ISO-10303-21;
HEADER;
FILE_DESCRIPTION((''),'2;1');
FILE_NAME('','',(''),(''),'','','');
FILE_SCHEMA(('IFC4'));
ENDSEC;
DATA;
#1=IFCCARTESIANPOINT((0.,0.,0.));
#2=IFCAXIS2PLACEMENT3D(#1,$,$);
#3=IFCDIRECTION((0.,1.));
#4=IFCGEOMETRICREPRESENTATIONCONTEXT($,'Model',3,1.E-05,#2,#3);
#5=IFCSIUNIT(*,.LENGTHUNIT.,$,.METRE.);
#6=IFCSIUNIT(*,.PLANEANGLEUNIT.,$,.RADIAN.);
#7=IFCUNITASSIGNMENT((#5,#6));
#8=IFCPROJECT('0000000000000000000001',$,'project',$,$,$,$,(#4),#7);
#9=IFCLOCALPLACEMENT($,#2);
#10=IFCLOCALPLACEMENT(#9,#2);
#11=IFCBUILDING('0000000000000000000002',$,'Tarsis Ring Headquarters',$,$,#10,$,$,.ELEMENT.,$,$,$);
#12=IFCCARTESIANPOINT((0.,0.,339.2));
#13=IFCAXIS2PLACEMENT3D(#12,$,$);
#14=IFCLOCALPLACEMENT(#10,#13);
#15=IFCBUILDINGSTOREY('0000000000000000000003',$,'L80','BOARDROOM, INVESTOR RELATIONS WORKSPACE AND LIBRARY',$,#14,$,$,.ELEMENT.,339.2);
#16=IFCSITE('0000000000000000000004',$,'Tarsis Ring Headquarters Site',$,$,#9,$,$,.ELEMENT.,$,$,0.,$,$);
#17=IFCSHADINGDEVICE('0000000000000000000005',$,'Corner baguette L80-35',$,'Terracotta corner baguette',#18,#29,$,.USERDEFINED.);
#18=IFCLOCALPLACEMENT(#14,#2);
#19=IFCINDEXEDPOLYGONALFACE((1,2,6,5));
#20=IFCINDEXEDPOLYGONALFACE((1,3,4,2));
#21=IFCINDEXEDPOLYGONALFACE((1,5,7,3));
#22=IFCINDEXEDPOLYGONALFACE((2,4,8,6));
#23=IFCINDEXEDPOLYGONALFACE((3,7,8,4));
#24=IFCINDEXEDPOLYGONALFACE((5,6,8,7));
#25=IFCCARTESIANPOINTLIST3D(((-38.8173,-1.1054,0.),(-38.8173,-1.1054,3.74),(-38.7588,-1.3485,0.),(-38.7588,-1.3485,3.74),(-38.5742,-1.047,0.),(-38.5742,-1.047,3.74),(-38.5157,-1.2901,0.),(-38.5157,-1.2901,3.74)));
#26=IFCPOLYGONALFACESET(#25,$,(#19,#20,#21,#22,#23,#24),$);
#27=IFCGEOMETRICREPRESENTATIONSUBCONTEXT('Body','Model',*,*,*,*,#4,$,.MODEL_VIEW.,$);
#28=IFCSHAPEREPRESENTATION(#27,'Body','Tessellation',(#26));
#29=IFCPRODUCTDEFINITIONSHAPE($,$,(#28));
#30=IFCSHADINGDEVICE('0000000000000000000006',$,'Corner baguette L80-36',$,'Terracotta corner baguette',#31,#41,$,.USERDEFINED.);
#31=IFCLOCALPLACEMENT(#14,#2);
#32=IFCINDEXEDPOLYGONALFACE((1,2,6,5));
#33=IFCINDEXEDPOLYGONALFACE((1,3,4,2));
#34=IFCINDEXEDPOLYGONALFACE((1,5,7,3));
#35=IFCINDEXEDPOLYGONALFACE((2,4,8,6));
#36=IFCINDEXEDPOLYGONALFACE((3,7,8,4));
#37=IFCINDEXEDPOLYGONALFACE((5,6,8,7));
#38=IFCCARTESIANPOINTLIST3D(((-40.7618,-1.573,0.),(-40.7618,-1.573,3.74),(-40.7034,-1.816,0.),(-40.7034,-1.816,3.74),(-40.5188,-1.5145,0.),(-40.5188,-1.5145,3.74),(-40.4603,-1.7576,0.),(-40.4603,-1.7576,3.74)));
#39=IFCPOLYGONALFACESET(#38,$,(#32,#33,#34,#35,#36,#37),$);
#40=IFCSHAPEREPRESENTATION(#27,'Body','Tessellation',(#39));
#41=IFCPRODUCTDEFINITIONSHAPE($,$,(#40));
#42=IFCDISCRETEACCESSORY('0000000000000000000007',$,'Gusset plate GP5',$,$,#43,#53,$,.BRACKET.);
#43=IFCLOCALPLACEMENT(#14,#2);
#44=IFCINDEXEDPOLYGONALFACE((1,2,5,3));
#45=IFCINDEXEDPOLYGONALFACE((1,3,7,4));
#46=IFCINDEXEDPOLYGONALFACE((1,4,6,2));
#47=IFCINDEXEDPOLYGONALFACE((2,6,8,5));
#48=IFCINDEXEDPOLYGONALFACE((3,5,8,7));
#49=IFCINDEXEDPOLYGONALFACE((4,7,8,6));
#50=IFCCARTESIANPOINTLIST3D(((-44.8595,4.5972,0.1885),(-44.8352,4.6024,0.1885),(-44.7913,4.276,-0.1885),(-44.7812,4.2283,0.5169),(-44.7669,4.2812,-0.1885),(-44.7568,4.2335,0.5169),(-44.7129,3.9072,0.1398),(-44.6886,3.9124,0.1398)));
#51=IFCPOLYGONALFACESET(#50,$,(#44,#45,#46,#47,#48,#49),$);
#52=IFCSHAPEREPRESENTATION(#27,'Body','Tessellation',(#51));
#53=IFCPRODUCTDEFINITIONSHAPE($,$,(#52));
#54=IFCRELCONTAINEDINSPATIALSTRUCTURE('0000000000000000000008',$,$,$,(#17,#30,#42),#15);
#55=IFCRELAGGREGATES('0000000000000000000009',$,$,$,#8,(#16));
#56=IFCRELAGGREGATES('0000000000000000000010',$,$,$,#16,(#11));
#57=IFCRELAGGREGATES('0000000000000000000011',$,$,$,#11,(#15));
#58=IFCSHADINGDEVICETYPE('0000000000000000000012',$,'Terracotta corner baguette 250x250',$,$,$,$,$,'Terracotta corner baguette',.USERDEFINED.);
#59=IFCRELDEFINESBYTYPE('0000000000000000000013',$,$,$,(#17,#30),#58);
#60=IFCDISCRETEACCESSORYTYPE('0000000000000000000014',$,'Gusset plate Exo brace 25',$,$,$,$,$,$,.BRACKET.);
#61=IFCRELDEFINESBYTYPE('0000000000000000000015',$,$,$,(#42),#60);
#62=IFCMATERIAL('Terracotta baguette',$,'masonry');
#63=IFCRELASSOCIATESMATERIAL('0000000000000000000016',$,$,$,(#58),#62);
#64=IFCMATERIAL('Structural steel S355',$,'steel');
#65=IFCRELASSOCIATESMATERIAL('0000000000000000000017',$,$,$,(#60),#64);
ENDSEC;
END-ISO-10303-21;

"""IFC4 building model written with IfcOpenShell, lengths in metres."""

from ifc_helpers import new_model, si_unit, direction, frame, origin, origin_2d, place, context, subcontext, project, spatial, rectangle, extrude, material, material_profile, profile_set, type_object, element, save


model = new_model("IFC4")

# Units and contexts
model_context = context("Model", 3, precision=1e-05, world=origin(), true_north=direction((0.0, 1.0)))
body_context = subcontext(model_context, "Body", "Model", "MODEL_VIEW")
ifc_project = project(units=[si_unit("LENGTHUNIT", "METRE"), si_unit("PLANEANGLEUNIT", "RADIAN")], contexts=[model_context])

# Site, building, storey
site_placement = place(None, origin())
site = spatial("IfcSite", under=ifc_project, at=site_placement, Name="Tarsis Ring Headquarters Site", CompositionType="ELEMENT", RefElevation=0.0)
building_placement = place(site_placement, origin())
building = spatial("IfcBuilding", under=site, at=building_placement, Name="Tarsis Ring Headquarters", CompositionType="ELEMENT")
storey_placement = place(building_placement, frame((0.0, 0.0, 339.2)))
storey = spatial("IfcBuildingStorey", under=building, at=storey_placement, Name="L80", Description="BOARDROOM, INVESTOR RELATIONS WORKSPACE AND LIBRARY", CompositionType="ELEMENT", Elevation=339.2)

# Shared definitions
ifc_material_1 = material(Name="Structural steel S355", Category="steel")

# Shading devices
ifc_material_2 = material(Name="Terracotta baguette", Category="masonry")
shading_device_type_1 = type_object("IfcShadingDeviceType", Name="Terracotta corner baguette 250x250", ElementType="Terracotta corner baguette", PredefinedType="USERDEFINED", material=ifc_material_2)
for number, where, z_axis, x_axis, name in (
    (1, (-38.6665, -1.1978, 0.0), (0.0, 0.0, 1.0), (0.233785, -0.972288, 0.0), "Corner baguette L80-35"),
    (2, (-40.6111, -1.6653, 0.0), (0.0, 0.0, 1.0), (-0.972288, -0.233785, 0.0), "Corner baguette L80-36"),
):
    element("IfcShadingDevice", number, at=place(storey_placement, frame(where, z_axis=z_axis, x_axis=x_axis)), inside=storey, type_object=shading_device_type_1, Name=name, ObjectType="Terracotta corner baguette", PredefinedType="USERDEFINED", context=body_context, shape_type="SweptSolid", body=[
        extrude(rectangle(XDim=0.25, YDim=0.25, at=origin_2d()), origin(), (0.0, 0.0, 1.0), 3.74),
    ])

# Discrete accessory
ifc_material_profile_1 = material_profile(ifc_material_1, rectangle(XDim=0.0249, YDim=0.5, at=origin_2d()), Name="PL 25x500")
ifc_profile_set_1 = profile_set([ifc_material_profile_1], Name="Structural steel S355")
discrete_accessory_type = type_object("IfcDiscreteAccessoryType", Name="Gusset plate Exo brace 25", PredefinedType="BRACKET", material=ifc_profile_set_1)
discrete_accessory_placement = place(storey_placement, frame((-44.8132, 4.4392, 0.0), z_axis=(0.156722, -0.737715, 0.656669), x_axis=(0.97817, 0.207805, 0.0)))
element("IfcDiscreteAccessory", 3, at=discrete_accessory_placement, inside=storey, type_object=discrete_accessory_type, Name="Gusset plate GP5", PredefinedType="BRACKET", context=body_context, shape_type="SweptSolid", body=[
    extrude(rectangle(XDim=0.0249, YDim=0.5, at=origin_2d()), origin(), (0.0, 0.0, 1.0), 0.5),
])

save(model, "model.ifc")
